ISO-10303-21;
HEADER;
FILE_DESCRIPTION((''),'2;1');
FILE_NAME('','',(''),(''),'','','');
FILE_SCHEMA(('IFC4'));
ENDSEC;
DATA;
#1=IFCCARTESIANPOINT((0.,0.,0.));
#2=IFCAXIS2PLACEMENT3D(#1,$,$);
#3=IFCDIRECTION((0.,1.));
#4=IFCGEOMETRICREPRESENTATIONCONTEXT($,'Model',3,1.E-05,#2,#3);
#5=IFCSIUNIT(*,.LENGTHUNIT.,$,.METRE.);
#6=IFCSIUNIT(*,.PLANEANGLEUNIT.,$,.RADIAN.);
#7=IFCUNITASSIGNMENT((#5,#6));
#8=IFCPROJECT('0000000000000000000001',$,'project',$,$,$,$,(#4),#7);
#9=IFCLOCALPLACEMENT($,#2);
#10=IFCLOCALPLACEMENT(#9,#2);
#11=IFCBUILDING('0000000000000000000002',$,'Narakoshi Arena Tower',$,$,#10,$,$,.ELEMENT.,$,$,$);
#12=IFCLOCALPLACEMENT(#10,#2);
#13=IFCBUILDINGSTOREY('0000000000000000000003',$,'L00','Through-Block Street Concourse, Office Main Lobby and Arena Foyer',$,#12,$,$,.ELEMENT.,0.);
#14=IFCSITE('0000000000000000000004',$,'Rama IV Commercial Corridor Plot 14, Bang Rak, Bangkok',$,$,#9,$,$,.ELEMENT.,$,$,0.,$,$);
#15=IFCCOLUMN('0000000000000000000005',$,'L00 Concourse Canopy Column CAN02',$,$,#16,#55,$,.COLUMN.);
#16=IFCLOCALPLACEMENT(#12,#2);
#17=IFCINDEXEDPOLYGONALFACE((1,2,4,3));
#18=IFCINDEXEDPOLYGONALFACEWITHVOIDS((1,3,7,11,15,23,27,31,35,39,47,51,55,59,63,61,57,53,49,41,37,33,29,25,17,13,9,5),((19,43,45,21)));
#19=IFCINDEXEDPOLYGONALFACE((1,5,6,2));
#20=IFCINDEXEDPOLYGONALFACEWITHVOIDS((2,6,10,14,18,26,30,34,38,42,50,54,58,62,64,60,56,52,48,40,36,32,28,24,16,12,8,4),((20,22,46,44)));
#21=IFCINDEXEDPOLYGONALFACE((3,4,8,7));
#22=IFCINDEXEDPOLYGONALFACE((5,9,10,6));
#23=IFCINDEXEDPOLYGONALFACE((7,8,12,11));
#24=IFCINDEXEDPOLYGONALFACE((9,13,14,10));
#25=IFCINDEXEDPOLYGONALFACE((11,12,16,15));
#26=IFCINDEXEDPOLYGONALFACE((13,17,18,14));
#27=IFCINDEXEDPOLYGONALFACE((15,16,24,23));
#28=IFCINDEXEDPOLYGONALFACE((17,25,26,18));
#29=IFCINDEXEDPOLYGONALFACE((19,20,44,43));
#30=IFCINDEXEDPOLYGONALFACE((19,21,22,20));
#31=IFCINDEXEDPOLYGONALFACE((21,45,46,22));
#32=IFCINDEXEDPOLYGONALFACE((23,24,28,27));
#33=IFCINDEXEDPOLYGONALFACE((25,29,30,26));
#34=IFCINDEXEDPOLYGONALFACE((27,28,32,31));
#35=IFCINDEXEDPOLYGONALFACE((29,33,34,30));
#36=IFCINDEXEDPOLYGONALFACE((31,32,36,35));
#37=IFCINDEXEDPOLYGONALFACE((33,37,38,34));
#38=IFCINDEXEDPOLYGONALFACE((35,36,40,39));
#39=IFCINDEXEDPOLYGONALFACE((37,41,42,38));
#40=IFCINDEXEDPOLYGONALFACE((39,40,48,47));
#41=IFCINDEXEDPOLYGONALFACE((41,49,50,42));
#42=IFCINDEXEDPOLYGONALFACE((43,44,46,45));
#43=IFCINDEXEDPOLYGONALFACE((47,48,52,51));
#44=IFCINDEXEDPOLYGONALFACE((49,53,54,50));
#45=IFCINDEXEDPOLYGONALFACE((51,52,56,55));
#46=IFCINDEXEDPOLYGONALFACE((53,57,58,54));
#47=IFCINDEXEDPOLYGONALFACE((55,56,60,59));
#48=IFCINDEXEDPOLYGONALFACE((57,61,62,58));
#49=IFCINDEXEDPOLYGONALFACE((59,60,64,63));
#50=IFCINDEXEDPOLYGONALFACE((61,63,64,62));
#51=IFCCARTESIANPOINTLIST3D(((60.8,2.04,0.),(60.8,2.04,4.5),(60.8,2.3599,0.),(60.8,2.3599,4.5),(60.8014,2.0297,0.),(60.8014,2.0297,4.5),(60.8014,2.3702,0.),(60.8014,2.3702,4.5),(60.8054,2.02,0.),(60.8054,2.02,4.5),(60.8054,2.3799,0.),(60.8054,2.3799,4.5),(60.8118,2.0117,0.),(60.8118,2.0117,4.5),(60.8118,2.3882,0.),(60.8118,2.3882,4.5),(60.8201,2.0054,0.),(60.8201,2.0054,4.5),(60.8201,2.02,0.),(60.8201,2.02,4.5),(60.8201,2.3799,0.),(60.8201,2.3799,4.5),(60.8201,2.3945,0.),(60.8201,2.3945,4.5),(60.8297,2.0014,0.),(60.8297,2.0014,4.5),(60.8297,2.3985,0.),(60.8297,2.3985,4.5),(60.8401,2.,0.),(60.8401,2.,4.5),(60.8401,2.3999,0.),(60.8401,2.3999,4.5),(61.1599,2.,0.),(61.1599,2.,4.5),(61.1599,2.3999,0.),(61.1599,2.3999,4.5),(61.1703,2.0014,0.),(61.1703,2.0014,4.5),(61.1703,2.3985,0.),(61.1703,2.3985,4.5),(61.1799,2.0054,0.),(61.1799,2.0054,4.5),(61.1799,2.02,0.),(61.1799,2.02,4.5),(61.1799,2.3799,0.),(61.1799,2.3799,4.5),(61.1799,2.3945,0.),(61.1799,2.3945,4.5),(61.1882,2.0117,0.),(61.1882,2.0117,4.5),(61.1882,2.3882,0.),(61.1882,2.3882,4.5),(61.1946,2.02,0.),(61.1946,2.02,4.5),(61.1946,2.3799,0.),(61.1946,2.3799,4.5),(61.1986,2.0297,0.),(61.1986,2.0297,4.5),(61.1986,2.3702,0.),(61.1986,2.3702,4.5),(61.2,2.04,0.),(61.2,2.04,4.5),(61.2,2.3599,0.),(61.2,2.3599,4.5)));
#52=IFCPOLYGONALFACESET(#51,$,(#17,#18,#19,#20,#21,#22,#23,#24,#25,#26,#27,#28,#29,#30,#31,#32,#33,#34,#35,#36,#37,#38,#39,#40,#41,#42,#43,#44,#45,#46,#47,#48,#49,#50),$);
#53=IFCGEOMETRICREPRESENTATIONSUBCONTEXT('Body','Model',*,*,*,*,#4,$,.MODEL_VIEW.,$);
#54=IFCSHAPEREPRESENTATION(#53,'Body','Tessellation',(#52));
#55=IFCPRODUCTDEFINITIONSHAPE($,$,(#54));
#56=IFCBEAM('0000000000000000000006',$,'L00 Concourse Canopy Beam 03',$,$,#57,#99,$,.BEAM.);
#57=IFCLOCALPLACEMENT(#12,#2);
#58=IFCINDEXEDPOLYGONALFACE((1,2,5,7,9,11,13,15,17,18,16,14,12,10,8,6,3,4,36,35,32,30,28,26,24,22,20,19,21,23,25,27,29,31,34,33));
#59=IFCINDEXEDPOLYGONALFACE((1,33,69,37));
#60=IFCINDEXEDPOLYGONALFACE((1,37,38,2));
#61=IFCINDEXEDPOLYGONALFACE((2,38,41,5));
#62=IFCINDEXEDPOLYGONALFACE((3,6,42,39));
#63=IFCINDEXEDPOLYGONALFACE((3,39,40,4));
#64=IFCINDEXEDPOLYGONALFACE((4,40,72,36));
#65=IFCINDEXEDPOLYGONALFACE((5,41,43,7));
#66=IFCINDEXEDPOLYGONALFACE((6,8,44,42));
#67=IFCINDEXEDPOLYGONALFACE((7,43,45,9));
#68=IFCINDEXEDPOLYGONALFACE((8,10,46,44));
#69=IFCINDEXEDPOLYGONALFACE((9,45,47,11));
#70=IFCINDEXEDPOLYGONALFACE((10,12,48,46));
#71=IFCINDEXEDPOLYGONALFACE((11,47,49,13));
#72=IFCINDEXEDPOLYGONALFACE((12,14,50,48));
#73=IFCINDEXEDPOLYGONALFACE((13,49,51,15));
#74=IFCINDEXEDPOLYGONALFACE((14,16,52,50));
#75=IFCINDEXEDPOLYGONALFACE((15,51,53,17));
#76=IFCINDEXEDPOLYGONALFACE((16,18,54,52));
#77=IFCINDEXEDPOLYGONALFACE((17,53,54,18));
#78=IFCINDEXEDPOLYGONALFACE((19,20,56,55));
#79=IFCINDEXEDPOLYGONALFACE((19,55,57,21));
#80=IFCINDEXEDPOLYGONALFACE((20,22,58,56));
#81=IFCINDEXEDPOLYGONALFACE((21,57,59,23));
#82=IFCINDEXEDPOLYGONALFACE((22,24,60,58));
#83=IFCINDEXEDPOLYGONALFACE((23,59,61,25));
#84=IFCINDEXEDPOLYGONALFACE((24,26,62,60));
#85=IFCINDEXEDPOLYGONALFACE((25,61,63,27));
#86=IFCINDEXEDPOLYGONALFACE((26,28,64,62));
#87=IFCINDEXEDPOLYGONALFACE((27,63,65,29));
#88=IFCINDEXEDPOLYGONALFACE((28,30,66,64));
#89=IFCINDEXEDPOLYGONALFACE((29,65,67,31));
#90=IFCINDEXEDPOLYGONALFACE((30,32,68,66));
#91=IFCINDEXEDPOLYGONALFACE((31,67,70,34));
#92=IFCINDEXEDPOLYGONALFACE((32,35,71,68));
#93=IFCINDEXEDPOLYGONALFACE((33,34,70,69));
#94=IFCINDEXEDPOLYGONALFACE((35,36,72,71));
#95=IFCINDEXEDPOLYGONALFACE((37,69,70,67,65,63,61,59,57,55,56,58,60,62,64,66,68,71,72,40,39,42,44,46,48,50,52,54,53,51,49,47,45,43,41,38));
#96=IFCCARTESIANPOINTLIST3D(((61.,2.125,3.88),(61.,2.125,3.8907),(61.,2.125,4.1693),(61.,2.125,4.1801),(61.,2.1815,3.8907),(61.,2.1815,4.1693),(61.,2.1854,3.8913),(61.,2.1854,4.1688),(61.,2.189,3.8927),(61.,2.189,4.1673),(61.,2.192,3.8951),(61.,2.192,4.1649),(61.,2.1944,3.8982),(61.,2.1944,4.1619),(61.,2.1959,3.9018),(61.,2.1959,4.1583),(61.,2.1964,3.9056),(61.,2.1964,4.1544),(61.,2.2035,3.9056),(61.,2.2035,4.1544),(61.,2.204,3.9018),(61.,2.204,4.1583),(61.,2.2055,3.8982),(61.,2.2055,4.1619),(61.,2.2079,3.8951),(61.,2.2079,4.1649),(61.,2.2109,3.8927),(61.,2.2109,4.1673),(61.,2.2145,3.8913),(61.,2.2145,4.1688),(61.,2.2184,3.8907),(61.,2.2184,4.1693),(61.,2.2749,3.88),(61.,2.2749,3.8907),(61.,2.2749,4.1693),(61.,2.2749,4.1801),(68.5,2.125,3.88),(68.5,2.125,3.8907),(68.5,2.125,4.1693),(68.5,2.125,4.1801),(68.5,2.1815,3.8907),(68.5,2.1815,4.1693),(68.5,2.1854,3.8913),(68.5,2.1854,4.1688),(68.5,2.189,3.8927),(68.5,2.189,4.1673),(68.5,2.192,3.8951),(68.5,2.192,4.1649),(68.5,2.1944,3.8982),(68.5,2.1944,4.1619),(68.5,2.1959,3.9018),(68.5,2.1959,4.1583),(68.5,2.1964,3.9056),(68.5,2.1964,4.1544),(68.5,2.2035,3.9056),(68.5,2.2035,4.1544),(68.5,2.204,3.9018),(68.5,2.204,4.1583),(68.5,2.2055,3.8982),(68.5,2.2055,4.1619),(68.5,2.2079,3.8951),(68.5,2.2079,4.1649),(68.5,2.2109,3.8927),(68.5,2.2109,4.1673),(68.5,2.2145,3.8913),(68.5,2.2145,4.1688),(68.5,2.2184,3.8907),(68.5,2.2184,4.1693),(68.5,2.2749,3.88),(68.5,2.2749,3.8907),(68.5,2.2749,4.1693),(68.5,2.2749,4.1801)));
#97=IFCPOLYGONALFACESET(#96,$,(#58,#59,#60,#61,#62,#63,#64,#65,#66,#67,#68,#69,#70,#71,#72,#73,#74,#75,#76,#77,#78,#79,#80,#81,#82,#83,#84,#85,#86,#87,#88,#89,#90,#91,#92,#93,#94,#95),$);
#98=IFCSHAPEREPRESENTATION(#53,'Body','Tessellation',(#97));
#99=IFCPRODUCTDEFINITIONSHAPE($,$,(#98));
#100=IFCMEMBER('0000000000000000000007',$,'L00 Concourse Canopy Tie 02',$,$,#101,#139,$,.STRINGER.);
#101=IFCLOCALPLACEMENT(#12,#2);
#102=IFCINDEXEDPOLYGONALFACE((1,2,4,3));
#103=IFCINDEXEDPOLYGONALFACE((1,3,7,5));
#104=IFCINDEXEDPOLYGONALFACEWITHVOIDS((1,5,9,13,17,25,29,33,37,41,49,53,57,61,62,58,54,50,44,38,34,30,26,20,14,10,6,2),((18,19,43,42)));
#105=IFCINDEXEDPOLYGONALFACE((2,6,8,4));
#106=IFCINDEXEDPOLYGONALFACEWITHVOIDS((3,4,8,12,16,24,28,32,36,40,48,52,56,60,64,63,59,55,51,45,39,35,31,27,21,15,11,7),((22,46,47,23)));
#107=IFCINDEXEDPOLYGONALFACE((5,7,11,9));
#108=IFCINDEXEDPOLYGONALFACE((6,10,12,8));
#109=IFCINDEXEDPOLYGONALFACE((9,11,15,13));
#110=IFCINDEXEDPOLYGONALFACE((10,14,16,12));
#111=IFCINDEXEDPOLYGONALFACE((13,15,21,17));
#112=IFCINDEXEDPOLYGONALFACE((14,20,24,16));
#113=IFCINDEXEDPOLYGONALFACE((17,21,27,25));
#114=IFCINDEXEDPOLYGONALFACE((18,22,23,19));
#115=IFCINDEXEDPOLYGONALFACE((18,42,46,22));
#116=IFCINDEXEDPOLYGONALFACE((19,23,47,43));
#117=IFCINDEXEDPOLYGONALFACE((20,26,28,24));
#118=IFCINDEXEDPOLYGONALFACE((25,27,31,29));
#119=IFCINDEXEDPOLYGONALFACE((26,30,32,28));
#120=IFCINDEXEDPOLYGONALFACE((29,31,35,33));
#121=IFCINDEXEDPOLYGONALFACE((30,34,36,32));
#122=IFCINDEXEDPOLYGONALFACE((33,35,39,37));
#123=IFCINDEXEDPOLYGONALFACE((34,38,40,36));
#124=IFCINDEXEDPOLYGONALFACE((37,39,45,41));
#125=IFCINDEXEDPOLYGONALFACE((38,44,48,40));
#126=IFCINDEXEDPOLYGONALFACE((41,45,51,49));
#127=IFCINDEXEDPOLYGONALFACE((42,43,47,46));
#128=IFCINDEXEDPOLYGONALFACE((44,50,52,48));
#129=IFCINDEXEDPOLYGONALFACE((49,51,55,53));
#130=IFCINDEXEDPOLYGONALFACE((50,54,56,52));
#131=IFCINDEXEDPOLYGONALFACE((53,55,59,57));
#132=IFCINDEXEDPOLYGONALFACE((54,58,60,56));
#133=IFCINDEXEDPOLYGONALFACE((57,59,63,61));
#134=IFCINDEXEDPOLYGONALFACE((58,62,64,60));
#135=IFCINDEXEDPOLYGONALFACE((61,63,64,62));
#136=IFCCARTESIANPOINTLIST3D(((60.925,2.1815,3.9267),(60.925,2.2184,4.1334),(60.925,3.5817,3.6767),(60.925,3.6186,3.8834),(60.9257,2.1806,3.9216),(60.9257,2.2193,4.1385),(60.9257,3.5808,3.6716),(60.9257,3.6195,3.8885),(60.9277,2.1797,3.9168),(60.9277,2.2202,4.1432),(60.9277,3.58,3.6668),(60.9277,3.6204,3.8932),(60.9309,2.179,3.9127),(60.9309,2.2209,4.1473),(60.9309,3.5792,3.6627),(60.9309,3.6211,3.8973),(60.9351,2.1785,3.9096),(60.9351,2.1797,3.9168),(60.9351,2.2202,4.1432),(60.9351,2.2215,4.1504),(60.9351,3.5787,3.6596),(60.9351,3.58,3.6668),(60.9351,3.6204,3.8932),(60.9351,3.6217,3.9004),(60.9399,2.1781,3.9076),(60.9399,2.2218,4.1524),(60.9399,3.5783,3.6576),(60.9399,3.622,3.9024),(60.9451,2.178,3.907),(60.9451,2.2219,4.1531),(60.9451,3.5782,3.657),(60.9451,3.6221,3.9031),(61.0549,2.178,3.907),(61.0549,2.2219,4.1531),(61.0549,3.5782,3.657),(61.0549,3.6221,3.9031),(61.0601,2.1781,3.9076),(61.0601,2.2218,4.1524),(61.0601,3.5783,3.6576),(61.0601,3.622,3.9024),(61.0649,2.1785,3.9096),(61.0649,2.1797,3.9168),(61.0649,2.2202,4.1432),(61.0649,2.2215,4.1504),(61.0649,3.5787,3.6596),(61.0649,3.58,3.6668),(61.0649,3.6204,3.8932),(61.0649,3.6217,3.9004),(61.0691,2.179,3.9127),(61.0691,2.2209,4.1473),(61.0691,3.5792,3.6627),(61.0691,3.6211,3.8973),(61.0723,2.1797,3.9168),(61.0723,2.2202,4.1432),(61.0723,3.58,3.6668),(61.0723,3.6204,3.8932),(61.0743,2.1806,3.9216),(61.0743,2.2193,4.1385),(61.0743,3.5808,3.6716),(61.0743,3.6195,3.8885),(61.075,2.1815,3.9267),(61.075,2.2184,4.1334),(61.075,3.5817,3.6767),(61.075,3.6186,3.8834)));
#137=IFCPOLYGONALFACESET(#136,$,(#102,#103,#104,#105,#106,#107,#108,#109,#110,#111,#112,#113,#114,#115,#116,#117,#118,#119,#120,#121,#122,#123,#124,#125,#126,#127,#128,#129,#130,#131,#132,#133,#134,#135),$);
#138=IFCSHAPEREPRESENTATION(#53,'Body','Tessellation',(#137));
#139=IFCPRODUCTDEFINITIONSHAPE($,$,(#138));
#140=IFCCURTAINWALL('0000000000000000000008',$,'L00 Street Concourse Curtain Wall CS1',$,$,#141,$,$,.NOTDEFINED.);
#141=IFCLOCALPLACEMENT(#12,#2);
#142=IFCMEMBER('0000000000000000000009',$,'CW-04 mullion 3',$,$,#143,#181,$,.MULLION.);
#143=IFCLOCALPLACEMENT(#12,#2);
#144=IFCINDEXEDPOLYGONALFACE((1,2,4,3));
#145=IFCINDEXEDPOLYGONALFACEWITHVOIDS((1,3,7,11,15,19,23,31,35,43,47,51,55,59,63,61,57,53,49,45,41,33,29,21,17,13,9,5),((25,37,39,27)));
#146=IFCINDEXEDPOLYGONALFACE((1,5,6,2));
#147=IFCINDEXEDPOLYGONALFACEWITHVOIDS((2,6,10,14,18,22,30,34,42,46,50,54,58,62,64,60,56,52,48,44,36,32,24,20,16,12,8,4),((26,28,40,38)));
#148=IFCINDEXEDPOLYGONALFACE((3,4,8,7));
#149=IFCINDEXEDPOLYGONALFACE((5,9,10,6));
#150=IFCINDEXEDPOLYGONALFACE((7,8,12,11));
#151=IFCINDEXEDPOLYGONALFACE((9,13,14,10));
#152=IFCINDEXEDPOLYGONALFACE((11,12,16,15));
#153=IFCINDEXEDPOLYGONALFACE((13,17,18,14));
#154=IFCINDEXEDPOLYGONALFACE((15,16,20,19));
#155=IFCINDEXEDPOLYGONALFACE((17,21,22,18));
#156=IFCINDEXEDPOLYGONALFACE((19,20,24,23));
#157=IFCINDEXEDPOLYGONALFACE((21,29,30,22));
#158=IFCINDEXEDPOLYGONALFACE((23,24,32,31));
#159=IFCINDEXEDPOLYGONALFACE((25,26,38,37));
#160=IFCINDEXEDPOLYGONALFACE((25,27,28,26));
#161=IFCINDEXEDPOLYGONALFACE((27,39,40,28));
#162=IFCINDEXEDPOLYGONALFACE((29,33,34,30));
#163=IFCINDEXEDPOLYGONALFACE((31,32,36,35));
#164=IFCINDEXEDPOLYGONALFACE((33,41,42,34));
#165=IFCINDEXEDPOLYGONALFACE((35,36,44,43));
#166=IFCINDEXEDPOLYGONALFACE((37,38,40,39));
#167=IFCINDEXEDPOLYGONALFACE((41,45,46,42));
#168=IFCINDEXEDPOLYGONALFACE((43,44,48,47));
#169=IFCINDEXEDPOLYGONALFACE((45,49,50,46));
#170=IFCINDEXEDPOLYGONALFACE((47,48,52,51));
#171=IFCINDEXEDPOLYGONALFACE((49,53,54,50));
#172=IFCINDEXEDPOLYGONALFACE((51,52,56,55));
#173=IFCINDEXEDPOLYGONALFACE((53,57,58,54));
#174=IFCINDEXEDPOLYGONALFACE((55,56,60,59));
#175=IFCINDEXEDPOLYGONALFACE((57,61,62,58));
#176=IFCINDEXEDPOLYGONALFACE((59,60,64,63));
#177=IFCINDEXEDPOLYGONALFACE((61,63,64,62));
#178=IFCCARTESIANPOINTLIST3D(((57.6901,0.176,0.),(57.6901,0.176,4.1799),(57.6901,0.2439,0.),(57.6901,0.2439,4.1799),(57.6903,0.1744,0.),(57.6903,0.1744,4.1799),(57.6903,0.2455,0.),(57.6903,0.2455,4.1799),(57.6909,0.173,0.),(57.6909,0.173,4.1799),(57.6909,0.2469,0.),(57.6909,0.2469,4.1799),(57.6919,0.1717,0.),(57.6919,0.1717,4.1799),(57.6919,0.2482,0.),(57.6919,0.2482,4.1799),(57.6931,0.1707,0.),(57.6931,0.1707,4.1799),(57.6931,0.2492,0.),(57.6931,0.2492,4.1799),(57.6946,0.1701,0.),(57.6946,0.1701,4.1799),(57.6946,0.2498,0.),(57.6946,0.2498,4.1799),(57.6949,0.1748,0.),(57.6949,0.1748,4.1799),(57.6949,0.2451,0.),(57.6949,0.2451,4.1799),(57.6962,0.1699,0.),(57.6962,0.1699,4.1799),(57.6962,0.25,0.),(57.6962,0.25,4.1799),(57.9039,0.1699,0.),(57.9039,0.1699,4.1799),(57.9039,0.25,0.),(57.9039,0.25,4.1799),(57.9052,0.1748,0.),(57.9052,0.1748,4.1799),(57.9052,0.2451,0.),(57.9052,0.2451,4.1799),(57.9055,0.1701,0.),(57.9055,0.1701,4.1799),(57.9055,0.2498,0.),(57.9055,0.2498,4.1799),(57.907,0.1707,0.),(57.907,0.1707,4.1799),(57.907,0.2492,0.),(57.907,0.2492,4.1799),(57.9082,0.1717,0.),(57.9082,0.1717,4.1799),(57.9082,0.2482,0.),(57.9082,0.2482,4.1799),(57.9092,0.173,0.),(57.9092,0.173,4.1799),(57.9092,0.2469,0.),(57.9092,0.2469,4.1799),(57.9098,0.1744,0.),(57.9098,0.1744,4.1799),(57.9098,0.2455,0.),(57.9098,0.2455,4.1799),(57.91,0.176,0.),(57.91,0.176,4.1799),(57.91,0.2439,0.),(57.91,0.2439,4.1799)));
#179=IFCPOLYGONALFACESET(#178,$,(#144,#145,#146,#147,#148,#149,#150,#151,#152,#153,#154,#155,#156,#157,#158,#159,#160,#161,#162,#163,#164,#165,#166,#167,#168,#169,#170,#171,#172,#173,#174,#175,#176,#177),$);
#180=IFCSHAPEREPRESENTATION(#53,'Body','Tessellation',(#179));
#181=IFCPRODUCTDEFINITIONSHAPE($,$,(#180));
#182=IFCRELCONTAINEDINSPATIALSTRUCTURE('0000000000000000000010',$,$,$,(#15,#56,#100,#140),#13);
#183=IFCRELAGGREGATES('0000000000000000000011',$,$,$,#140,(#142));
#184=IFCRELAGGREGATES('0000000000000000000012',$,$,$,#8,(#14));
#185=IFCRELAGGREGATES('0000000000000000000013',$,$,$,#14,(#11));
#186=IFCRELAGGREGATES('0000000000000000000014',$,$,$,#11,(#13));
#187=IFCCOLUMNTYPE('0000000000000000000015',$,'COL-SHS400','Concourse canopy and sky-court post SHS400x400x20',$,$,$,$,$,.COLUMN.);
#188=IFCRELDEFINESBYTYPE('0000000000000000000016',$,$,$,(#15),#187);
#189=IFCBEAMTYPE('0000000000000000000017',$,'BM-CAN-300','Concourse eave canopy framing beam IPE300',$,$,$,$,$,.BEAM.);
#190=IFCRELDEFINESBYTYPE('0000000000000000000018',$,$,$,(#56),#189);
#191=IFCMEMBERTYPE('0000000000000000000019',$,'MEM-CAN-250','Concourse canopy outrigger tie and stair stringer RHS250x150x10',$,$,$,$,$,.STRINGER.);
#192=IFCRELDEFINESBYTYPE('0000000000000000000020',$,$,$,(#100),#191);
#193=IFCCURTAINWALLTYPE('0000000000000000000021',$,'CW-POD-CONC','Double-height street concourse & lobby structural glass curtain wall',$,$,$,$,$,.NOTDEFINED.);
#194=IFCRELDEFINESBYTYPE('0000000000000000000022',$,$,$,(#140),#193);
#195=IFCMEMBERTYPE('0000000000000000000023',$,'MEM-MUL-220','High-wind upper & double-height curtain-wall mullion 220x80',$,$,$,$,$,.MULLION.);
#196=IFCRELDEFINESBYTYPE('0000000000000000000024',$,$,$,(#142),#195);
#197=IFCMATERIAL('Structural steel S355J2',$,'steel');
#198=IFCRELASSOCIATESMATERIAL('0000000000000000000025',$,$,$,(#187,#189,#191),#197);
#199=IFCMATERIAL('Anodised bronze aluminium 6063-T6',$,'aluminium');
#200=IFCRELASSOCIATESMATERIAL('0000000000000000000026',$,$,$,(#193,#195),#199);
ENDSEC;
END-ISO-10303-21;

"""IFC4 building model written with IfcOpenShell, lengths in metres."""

from ifc_helpers import new_model, si_unit, direction, frame, origin, origin_2d, place, context, subcontext, project, spatial, hollow_rectangle, i_section, extrude, material, material_profile, profile_set, type_object, element, aggregate, save


model = new_model("IFC4")

# Units and contexts
model_context = context("Model", 3, precision=1e-05, world=origin(), true_north=direction((0.0, 1.0)))
body_context = subcontext(model_context, "Body", "Model", "MODEL_VIEW")
ifc_project = project(units=[si_unit("LENGTHUNIT", "METRE"), si_unit("PLANEANGLEUNIT", "RADIAN")], contexts=[model_context])

# Site, building, storey
site_placement = place(None, origin())
site = spatial("IfcSite", under=ifc_project, at=site_placement, Name="Rama IV Commercial Corridor Plot 14, Bang Rak, Bangkok", CompositionType="ELEMENT", RefElevation=0.0)
building_placement = place(site_placement, origin())
building = spatial("IfcBuilding", under=site, at=building_placement, Name="Narakoshi Arena Tower", CompositionType="ELEMENT")
storey_placement = place(building_placement, origin())
storey = spatial("IfcBuildingStorey", under=building, at=storey_placement, Name="L00", Description="Through-Block Street Concourse, Office Main Lobby and Arena Foyer", CompositionType="ELEMENT", Elevation=0.0)

# Column
ifc_material_1 = material(Name="Structural steel S355J2", Category="steel")
ifc_material_profile_1 = material_profile(ifc_material_1, hollow_rectangle(XDim=0.3999, YDim=0.3999, WallThickness=0.02, OuterFilletRadius=0.04, at=origin_2d()), Name="SHS400x400x20")
ifc_profile_set_1 = profile_set([ifc_material_profile_1], Name="Structural steel S355J2")
column_type = type_object("IfcColumnType", Name="COL-SHS400", Description="Concourse canopy and sky-court post SHS400x400x20", PredefinedType="COLUMN", material=ifc_profile_set_1)
column_placement = place(storey_placement, frame((61.0, 2.2, 0.0), z_axis=(0.0, 0.0, 1.0), x_axis=(1.0, 0.0, 0.0)))
element("IfcColumn", 1, at=column_placement, inside=storey, type_object=column_type, Name="L00 Concourse Canopy Column CAN02", PredefinedType="COLUMN", context=body_context, shape_type="SweptSolid", body=[
    extrude(hollow_rectangle(XDim=0.3999, YDim=0.3999, WallThickness=0.02, OuterFilletRadius=0.04, at=origin_2d()), origin(), (0.0, 0.0, 1.0), 4.5),
])

# Beam
ifc_material_profile_2 = material_profile(ifc_material_1, i_section(OverallWidth=0.1499, OverallDepth=0.3, WebThickness=0.0071, FlangeThickness=0.0107, FilletRadius=0.0149, at=origin_2d()), Name="IPE300")
ifc_profile_set_2 = profile_set([ifc_material_profile_2], Name="Structural steel S355J2")
beam_type = type_object("IfcBeamType", Name="BM-CAN-300", Description="Concourse eave canopy framing beam IPE300", PredefinedType="BEAM", material=ifc_profile_set_2)
beam_placement = place(storey_placement, frame((61.0, 2.2, 4.03), z_axis=(1.0, 0.0, 0.0), x_axis=(0.0, 1.0, 0.0)))
element("IfcBeam", 2, at=beam_placement, inside=storey, type_object=beam_type, Name="L00 Concourse Canopy Beam 03", PredefinedType="BEAM", context=body_context, shape_type="SweptSolid", body=[
    extrude(i_section(OverallWidth=0.1499, OverallDepth=0.3, WebThickness=0.0071, FlangeThickness=0.0107, FilletRadius=0.0149, at=origin_2d()), origin(), (0.0, 0.0, 1.0), 7.5),
])

# Member
ifc_material_profile_3 = material_profile(ifc_material_1, hollow_rectangle(XDim=0.1499, YDim=0.25, WallThickness=0.01, OuterFilletRadius=0.02, at=origin_2d()), Name="RHS250x150x10")
ifc_profile_set_3 = profile_set([ifc_material_profile_3], Name="Structural steel S355J2")
member_type_1 = type_object("IfcMemberType", Name="MEM-CAN-250", Description="Concourse canopy outrigger tie and stair stringer RHS250x150x10", PredefinedType="STRINGER", material=ifc_profile_set_3)
member_1_placement = place(storey_placement, frame((61.0, 2.2, 4.03), z_axis=(0.0, 0.984431, -0.175773), x_axis=(-1.0, 0.0, 0.0)))
element("IfcMember", 3, at=member_1_placement, inside=storey, type_object=member_type_1, Name="L00 Concourse Canopy Tie 02", PredefinedType="STRINGER", context=body_context, shape_type="SweptSolid", body=[
    extrude(hollow_rectangle(XDim=0.1499, YDim=0.25, WallThickness=0.01, OuterFilletRadius=0.02, at=origin_2d()), origin(), (0.0, 0.0, 1.0), 1.4224),
])

# Curtain wall, member
ifc_material_2 = material(Name="Anodised bronze aluminium 6063-T6", Category="aluminium")
curtain_wall_type = type_object("IfcCurtainWallType", Name="CW-POD-CONC", Description="Double-height street concourse & lobby structural glass curtain wall", PredefinedType="NOTDEFINED", material=ifc_material_2)
curtain_wall_1_placement = place(storey_placement, origin())
curtain_wall_1 = element("IfcCurtainWall", 4, at=curtain_wall_1_placement, inside=storey, type_object=curtain_wall_type, Name="L00 Street Concourse Curtain Wall CS1", PredefinedType="NOTDEFINED")
ifc_material_profile_4 = material_profile(ifc_material_2, hollow_rectangle(XDim=0.0801, YDim=0.22, WallThickness=0.0049, OuterFilletRadius=0.0061, at=origin_2d()), Name="MUL220x80x5")
ifc_profile_set_4 = profile_set([ifc_material_profile_4], Name="Anodised bronze aluminium 6063-T6")
member_type_2 = type_object("IfcMemberType", Name="MEM-MUL-220", Description="High-wind upper & double-height curtain-wall mullion 220x80", PredefinedType="MULLION", material=ifc_profile_set_4)
member_2_placement = place(storey_placement, frame((57.8, 0.21, 0.0), z_axis=(0.0, 0.0, 1.0), x_axis=(0.0, 1.0, 0.0)))
member_2 = element("IfcMember", 5, at=member_2_placement, type_object=member_type_2, Name="CW-04 mullion 3", PredefinedType="MULLION", context=body_context, shape_type="SweptSolid", body=[
    extrude(hollow_rectangle(XDim=0.0801, YDim=0.22, WallThickness=0.0049, OuterFilletRadius=0.0061, at=origin_2d()), origin(), (0.0, 0.0, 1.0), 4.1799),
])

aggregate(curtain_wall_1, [member_2])

save(model, "model.ifc")
